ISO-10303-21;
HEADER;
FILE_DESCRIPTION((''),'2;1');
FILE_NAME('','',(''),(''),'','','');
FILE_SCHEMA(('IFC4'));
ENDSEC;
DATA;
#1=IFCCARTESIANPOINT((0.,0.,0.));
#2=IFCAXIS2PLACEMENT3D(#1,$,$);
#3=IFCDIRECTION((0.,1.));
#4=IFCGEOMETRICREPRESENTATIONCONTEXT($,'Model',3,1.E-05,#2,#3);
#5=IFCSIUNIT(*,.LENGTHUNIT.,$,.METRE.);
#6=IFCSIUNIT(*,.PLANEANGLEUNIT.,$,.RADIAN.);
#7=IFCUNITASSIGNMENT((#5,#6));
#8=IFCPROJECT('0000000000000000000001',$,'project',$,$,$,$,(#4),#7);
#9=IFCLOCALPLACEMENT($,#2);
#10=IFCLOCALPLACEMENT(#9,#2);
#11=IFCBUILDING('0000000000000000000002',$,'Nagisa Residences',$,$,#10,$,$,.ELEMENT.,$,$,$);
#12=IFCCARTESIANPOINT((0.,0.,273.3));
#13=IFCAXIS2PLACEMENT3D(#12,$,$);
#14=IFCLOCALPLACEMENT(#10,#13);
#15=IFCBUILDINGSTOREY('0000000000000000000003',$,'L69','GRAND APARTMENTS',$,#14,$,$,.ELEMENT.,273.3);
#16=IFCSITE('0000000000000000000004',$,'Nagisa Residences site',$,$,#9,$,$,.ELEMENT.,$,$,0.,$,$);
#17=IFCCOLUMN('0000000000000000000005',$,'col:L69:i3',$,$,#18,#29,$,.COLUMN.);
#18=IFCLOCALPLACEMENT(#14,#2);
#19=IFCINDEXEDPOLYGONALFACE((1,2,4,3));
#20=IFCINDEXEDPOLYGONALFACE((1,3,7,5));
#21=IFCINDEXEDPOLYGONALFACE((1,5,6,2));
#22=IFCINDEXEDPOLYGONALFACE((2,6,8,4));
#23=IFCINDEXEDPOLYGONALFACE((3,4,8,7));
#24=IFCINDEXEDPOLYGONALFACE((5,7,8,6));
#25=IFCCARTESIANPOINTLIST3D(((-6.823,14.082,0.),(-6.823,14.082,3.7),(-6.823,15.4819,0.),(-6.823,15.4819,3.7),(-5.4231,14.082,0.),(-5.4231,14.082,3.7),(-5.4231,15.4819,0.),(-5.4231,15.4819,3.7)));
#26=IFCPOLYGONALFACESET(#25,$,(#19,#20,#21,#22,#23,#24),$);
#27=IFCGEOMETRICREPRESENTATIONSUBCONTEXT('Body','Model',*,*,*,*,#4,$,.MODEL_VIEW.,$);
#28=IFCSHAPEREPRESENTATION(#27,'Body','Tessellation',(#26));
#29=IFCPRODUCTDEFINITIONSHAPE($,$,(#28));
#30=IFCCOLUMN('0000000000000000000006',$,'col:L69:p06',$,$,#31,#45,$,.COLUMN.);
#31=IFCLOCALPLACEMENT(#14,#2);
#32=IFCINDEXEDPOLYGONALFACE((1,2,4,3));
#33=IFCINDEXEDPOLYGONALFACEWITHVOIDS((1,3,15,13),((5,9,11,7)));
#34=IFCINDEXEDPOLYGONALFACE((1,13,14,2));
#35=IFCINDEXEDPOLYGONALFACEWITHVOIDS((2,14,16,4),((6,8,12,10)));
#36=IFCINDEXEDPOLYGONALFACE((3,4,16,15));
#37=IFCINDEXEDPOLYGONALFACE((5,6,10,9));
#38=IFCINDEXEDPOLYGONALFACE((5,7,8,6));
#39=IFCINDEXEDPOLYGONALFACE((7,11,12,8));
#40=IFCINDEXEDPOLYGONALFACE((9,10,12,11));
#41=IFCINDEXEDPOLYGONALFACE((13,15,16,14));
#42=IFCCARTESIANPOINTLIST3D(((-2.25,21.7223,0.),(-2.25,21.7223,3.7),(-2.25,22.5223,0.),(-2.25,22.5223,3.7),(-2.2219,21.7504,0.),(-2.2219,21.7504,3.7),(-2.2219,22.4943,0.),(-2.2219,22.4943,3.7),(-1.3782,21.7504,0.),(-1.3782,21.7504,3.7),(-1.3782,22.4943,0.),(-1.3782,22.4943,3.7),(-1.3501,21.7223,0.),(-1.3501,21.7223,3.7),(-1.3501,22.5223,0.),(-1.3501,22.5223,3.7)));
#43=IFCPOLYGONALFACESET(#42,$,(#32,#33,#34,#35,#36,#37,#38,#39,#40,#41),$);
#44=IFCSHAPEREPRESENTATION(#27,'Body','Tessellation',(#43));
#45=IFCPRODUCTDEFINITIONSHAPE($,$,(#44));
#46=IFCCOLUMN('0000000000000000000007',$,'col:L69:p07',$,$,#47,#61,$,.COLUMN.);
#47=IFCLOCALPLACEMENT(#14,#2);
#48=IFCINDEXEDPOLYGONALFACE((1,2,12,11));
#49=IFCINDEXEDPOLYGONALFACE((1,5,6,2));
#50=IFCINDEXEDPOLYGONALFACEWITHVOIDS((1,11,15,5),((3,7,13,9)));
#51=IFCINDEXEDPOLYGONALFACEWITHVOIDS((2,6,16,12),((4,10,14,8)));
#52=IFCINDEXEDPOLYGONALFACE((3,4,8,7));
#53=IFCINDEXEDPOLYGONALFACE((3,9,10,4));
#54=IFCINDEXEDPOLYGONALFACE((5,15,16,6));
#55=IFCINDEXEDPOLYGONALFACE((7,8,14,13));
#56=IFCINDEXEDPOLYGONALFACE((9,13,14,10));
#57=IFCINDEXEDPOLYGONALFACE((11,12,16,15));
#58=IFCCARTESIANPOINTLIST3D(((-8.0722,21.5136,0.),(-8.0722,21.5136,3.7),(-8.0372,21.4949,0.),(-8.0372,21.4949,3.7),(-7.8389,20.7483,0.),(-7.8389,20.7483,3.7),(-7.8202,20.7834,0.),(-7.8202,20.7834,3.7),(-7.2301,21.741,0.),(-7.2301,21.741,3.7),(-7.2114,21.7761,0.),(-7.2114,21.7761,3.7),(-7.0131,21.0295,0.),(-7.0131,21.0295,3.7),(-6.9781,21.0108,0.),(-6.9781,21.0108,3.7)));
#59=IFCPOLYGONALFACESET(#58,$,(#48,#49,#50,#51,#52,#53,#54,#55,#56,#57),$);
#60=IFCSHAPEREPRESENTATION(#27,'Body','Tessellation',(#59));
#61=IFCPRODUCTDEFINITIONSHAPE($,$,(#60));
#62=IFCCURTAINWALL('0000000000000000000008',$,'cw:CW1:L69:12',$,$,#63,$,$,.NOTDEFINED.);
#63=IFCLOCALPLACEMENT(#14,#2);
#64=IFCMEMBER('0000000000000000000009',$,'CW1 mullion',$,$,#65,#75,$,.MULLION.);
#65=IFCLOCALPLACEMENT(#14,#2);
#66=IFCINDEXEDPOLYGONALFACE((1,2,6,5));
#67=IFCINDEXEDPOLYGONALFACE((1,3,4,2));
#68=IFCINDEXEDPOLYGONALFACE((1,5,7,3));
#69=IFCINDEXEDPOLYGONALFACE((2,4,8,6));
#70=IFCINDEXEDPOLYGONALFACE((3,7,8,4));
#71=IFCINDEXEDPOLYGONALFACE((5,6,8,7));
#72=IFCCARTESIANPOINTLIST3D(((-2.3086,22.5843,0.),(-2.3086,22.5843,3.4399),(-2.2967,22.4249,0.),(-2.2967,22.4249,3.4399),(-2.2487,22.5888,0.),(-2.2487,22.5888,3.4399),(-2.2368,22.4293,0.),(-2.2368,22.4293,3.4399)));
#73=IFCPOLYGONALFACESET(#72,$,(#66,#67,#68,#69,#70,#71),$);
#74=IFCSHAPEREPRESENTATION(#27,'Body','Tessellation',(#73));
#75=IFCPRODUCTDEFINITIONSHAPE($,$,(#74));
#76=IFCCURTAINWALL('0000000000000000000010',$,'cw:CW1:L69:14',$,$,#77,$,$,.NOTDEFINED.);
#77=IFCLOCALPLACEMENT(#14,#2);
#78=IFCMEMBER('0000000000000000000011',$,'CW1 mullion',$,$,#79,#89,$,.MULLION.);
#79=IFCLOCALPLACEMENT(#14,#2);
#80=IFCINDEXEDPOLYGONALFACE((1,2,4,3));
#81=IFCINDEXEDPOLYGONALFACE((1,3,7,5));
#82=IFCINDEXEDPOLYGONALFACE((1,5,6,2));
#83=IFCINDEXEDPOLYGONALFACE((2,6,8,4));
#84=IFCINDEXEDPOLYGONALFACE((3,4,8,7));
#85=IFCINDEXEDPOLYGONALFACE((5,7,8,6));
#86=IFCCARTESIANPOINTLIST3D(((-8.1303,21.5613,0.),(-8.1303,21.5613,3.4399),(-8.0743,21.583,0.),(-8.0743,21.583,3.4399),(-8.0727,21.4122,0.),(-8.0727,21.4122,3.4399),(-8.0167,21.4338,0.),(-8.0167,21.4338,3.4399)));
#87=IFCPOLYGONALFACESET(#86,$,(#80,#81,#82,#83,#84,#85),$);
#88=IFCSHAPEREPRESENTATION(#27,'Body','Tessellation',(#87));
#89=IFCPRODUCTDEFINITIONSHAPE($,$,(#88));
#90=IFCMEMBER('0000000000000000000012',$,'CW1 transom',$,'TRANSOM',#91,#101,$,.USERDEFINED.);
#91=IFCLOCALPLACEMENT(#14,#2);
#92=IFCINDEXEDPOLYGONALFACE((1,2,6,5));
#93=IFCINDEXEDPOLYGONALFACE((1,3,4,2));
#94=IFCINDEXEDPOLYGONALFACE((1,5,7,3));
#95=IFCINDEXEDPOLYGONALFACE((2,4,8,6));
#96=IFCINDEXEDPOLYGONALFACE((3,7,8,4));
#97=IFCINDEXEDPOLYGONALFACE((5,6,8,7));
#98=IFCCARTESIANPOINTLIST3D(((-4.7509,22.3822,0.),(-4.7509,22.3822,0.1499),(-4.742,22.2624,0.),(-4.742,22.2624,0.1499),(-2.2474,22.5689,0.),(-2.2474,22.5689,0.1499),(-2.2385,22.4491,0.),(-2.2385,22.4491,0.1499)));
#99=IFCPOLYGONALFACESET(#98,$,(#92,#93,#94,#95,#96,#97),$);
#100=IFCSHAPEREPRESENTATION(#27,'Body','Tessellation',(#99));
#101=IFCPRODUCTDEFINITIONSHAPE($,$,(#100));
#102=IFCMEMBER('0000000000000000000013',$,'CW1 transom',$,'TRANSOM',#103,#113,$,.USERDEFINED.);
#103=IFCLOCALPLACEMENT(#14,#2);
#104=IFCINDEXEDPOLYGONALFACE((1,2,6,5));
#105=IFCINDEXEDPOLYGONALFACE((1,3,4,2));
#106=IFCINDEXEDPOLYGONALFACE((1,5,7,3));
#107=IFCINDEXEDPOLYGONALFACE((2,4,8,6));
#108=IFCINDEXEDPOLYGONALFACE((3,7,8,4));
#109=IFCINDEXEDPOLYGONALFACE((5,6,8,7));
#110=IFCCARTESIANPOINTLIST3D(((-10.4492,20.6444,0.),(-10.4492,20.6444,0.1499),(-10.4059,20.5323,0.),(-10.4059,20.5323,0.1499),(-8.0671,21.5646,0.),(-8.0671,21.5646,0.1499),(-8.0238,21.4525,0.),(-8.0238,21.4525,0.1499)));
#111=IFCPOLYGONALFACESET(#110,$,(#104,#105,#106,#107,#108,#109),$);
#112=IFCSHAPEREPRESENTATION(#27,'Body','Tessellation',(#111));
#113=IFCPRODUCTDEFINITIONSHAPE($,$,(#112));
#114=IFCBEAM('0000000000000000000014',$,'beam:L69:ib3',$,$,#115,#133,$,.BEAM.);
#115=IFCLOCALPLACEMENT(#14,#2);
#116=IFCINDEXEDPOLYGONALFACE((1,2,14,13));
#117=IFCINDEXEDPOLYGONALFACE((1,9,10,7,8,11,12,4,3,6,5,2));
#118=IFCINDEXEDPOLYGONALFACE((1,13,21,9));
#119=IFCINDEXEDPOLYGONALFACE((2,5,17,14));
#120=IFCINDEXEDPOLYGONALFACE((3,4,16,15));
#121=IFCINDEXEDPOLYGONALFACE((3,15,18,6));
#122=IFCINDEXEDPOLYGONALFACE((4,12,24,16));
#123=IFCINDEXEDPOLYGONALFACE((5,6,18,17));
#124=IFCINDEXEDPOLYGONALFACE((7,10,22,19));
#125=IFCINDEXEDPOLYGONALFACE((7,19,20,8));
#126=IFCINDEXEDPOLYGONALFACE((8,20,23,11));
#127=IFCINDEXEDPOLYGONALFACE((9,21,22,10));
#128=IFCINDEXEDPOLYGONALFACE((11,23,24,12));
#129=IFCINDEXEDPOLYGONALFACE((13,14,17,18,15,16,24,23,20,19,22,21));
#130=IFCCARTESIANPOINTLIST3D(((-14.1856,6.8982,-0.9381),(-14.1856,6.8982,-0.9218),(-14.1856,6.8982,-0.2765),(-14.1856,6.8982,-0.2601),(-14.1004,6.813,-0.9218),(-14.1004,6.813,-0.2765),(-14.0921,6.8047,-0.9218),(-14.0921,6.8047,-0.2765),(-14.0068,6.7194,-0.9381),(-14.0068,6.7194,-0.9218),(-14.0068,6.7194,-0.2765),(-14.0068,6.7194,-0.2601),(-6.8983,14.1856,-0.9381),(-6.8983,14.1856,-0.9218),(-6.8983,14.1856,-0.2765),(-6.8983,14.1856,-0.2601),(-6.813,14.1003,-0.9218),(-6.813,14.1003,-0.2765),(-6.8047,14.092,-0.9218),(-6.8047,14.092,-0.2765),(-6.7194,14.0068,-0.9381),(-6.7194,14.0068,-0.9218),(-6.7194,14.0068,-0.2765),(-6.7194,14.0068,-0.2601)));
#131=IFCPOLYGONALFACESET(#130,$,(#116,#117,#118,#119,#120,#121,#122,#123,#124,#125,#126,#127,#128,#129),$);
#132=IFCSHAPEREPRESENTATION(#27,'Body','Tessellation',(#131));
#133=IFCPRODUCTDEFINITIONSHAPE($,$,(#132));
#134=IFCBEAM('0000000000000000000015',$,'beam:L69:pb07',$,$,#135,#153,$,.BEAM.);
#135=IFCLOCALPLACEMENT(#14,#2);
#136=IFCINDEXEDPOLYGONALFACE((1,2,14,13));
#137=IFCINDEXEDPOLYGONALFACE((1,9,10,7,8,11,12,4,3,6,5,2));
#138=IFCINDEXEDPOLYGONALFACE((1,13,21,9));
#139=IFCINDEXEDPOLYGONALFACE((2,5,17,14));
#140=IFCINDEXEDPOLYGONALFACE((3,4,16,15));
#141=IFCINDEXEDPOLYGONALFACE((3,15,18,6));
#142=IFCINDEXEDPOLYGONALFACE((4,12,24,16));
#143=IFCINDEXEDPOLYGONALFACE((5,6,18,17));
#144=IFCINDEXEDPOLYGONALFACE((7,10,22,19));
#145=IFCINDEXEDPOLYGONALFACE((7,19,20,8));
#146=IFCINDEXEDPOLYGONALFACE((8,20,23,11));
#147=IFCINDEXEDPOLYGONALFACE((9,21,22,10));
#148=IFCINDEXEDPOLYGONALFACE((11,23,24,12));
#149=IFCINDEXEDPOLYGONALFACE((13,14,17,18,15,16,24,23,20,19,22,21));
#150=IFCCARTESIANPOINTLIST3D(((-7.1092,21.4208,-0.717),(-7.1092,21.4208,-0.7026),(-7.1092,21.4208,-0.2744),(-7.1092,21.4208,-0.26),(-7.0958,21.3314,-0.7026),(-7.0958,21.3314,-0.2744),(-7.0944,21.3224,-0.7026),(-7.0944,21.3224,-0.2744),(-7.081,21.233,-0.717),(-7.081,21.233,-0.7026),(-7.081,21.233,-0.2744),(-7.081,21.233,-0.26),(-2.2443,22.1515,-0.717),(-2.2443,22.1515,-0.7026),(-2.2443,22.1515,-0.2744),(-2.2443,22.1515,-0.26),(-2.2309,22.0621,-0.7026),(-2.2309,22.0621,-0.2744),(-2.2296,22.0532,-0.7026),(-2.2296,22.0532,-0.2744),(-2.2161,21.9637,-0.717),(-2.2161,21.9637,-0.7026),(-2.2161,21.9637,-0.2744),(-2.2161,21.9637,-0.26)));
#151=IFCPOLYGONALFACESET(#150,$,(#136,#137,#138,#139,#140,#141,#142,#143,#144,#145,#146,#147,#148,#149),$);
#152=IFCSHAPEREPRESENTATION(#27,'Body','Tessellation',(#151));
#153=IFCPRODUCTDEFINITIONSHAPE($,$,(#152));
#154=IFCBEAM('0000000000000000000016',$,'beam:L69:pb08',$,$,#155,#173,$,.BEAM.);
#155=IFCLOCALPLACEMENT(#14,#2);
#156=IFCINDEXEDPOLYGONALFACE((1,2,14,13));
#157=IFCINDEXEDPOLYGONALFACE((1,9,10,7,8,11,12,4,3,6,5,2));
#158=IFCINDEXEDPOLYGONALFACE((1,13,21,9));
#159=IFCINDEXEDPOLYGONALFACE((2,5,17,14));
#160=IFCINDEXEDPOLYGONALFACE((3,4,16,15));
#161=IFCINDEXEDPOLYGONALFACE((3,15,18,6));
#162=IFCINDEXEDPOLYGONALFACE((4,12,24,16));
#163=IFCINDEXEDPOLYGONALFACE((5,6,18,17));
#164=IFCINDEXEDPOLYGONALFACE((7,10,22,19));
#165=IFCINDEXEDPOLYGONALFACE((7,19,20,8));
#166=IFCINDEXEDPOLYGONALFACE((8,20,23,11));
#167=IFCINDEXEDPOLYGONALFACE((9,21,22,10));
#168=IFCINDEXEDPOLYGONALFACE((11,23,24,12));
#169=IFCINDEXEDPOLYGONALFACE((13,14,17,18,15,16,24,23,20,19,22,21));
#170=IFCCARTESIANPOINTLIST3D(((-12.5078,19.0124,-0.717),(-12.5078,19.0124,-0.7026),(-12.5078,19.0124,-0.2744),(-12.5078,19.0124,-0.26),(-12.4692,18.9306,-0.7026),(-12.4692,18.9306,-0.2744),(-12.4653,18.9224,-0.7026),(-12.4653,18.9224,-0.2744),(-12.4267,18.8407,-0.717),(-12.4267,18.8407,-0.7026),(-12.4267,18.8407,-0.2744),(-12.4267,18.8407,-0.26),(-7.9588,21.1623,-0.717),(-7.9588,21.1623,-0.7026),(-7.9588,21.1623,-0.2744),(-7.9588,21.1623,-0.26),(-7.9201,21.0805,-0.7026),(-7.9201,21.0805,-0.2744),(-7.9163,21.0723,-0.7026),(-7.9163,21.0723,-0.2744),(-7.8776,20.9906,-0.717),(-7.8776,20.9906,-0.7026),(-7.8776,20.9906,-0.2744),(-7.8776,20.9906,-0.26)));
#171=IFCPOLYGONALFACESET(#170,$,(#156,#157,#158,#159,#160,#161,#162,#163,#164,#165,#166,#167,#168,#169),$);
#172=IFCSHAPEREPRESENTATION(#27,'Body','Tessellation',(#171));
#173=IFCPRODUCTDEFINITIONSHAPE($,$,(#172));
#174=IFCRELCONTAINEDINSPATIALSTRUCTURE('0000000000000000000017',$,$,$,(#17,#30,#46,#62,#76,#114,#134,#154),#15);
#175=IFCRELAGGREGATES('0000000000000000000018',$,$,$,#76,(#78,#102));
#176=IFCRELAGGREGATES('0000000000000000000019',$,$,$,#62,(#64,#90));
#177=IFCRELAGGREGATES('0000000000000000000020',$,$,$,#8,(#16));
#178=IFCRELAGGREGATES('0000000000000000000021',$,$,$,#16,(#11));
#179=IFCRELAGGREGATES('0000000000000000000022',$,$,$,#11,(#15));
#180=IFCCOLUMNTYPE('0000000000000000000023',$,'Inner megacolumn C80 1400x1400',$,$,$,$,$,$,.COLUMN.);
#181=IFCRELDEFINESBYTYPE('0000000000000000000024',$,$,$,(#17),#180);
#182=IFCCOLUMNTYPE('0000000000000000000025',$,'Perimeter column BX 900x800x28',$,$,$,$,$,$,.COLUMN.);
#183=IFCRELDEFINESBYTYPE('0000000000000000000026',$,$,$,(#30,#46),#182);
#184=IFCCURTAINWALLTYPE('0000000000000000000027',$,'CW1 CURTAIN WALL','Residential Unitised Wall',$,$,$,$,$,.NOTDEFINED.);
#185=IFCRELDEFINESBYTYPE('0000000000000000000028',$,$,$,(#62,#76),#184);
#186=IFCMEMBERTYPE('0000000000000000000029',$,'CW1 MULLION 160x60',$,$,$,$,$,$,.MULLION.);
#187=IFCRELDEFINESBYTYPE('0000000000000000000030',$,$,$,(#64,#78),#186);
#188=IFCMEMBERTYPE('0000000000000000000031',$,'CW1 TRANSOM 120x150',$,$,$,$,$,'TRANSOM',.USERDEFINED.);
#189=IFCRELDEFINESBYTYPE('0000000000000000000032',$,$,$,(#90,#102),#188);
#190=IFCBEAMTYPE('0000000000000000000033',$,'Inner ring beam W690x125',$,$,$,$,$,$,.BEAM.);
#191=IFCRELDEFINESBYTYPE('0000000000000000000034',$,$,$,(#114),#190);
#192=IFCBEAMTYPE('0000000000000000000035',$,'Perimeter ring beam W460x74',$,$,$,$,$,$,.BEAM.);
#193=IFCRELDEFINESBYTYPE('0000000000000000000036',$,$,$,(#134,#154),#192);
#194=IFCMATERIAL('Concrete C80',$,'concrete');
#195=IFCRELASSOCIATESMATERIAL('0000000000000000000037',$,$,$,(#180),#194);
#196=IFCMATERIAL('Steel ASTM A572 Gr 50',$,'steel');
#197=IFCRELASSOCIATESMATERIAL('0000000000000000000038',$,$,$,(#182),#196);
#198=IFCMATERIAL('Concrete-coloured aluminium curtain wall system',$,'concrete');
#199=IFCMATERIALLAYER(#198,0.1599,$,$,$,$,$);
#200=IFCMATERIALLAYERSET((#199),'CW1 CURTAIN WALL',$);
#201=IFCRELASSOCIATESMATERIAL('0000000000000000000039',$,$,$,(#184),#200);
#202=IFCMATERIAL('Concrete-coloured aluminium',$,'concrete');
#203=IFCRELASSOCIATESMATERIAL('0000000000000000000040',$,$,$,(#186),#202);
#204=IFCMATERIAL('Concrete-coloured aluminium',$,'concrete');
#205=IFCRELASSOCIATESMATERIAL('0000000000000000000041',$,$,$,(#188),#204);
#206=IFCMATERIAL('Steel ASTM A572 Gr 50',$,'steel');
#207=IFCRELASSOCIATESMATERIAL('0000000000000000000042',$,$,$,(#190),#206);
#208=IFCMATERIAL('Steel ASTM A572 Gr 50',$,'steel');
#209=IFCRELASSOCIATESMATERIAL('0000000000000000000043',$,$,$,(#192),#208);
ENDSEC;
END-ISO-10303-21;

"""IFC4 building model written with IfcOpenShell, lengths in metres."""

from ifc_helpers import new_model, si_unit, direction, frame, origin, origin_2d, place, context, subcontext, project, spatial, rectangle, hollow_rectangle, i_section, extrude, material, layer, layer_set, material_profile, profile_set, type_object, element, aggregate, save


model = new_model("IFC4")

# Units and contexts
model_context = context("Model", 3, precision=1e-05, world=origin(), true_north=direction((0.0, 1.0)))
body_context = subcontext(model_context, "Body", "Model", "MODEL_VIEW")
ifc_project = project(units=[si_unit("LENGTHUNIT", "METRE"), si_unit("PLANEANGLEUNIT", "RADIAN")], contexts=[model_context])

# Site, building, storey
site_placement = place(None, origin())
site = spatial("IfcSite", under=ifc_project, at=site_placement, Name="Nagisa Residences site", CompositionType="ELEMENT", RefElevation=0.0)
building_placement = place(site_placement, origin())
building = spatial("IfcBuilding", under=site, at=building_placement, Name="Nagisa Residences", CompositionType="ELEMENT")
storey_placement = place(building_placement, frame((0.0, 0.0, 273.3)))
storey = spatial("IfcBuildingStorey", under=building, at=storey_placement, Name="L69", Description="GRAND APARTMENTS", CompositionType="ELEMENT", Elevation=273.3)

# Columns
ifc_material_1 = material(Name="Concrete C80", Category="concrete")
ifc_material_profile_1 = material_profile(ifc_material_1, rectangle(XDim=1.3999, YDim=1.3999, at=origin_2d()), Name="C80 1400x1400")
ifc_profile_set_1 = profile_set([ifc_material_profile_1], Name="Concrete C80")
column_type_1 = type_object("IfcColumnType", Name="Inner megacolumn C80 1400x1400", PredefinedType="COLUMN", material=ifc_profile_set_1)
column_placement = place(storey_placement, frame((-6.123, 14.782, 0.0), z_axis=(0.0, 0.0, 1.0), x_axis=(1.0, 0.0, 0.0)))
element("IfcColumn", 1, at=column_placement, inside=storey, type_object=column_type_1, Name="col:L69:i3", PredefinedType="COLUMN", context=body_context, shape_type="SweptSolid", body=[
    extrude(rectangle(XDim=1.3999, YDim=1.3999, at=origin_2d()), origin(), (0.0, 0.0, 1.0), 3.7),
])
ifc_material_2 = material(Name="Steel ASTM A572 Gr 50", Category="steel")
ifc_material_profile_2 = material_profile(ifc_material_2, hollow_rectangle(XDim=0.8999, YDim=0.8, WallThickness=0.0281, at=origin_2d()), Name="BX 900x800x28")
ifc_profile_set_2 = profile_set([ifc_material_profile_2], Name="Steel ASTM A572 Gr 50")
column_type_2 = type_object("IfcColumnType", Name="Perimeter column BX 900x800x28", PredefinedType="COLUMN", material=ifc_profile_set_2)
for number, where, z_axis, x_axis, name in (
    (2, (-1.8, 22.1223, 0.0), (0.0, 0.0, 1.0), (-1.0, 0.0, 0.0), "col:L69:p06"),
    (3, (-7.5251, 21.2622, 0.0), (0.0, 0.0, 1.0), (-0.956525, -0.291652, 0.0), "col:L69:p07"),
):
    element("IfcColumn", number, at=place(storey_placement, frame(where, z_axis=z_axis, x_axis=x_axis)), inside=storey, type_object=column_type_2, Name=name, PredefinedType="COLUMN", context=body_context, shape_type="SweptSolid", body=[
        extrude(hollow_rectangle(XDim=0.8999, YDim=0.8, WallThickness=0.0281, at=origin_2d()), origin(), (0.0, 0.0, 1.0), 3.7),
    ])

# Curtain walls, members
ifc_material_3 = material(Name="Concrete-coloured aluminium curtain wall system", Category="concrete")
ifc_layer_1 = layer(ifc_material_3, 0.1599)
ifc_layer_set_1 = layer_set([ifc_layer_1], Name="CW1 CURTAIN WALL")
curtain_wall_type = type_object("IfcCurtainWallType", Name="CW1 CURTAIN WALL", Description="Residential Unitised Wall", PredefinedType="NOTDEFINED", material=ifc_layer_set_1)
curtain_wall_1_placement = place(storey_placement, origin())
curtain_wall_1 = element("IfcCurtainWall", 4, at=curtain_wall_1_placement, inside=storey, type_object=curtain_wall_type, Name="cw:CW1:L69:12", PredefinedType="NOTDEFINED")
ifc_material_4 = material(Name="Concrete-coloured aluminium", Category="concrete")
ifc_material_profile_3 = material_profile(ifc_material_4, rectangle(XDim=0.1599, YDim=0.0601, at=origin_2d()), Name="CW1 MULLION 160x60")
ifc_profile_set_3 = profile_set([ifc_material_profile_3], Name="Concrete-coloured aluminium")
member_type_1 = type_object("IfcMemberType", Name="CW1 MULLION 160x60", PredefinedType="MULLION", material=ifc_profile_set_3)
member_1_placement = place(storey_placement, frame((-2.2727, 22.5068, 0.0), z_axis=(0.0, 0.0, 1.0), x_axis=(0.074377, -0.99723, 0.0)))
member_1 = element("IfcMember", 5, at=member_1_placement, type_object=member_type_1, Name="CW1 mullion", PredefinedType="MULLION", context=body_context, shape_type="SweptSolid", body=[
    extrude(rectangle(XDim=0.1599, YDim=0.0601, at=origin_2d()), origin(), (0.0, 0.0, 1.0), 3.4399),
])
curtain_wall_2_placement = place(storey_placement, origin())
curtain_wall_2 = element("IfcCurtainWall", 6, at=curtain_wall_2_placement, inside=storey, type_object=curtain_wall_type, Name="cw:CW1:L69:14", PredefinedType="NOTDEFINED")
member_2_placement = place(storey_placement, frame((-8.0735, 21.4976, 0.0), z_axis=(0.0, 0.0, 1.0), x_axis=(0.360328, -0.932826, 0.0)))
member_2 = element("IfcMember", 7, at=member_2_placement, type_object=member_type_1, Name="CW1 mullion", PredefinedType="MULLION", context=body_context, shape_type="SweptSolid", body=[
    extrude(rectangle(XDim=0.1599, YDim=0.0601, at=origin_2d()), origin(), (0.0, 0.0, 1.0), 3.4399),
])

# Members
ifc_material_5 = material(Name="Concrete-coloured aluminium", Category="concrete")
ifc_material_profile_4 = material_profile(ifc_material_5, rectangle(XDim=0.1201, YDim=0.1499, at=origin_2d()), Name="CW1 TRANSOM 120x150")
ifc_profile_set_4 = profile_set([ifc_material_profile_4], Name="Concrete-coloured aluminium")
member_type_2 = type_object("IfcMemberType", Name="CW1 TRANSOM 120x150", ElementType="TRANSOM", PredefinedType="USERDEFINED", material=ifc_profile_set_4)
member_3_placement = place(storey_placement, frame((-2.2429, 22.509, 0.075), z_axis=(-0.997229, -0.074391, 0.0), x_axis=(0.074391, -0.997229, 0.0)))
member_3 = element("IfcMember", 8, at=member_3_placement, type_object=member_type_2, Name="CW1 transom", ObjectType="TRANSOM", PredefinedType="USERDEFINED", context=body_context, shape_type="SweptSolid", body=[
    extrude(rectangle(XDim=0.1201, YDim=0.1499, at=origin_2d()), origin(), (0.0, 0.0, 1.0), 2.5105),
])
member_4_placement = place(storey_placement, frame((-8.0454, 21.5085, 0.075), z_axis=(-0.932822, -0.360337, 0.0), x_axis=(0.360337, -0.932822, 0.0)))
member_4 = element("IfcMember", 9, at=member_4_placement, type_object=member_type_2, Name="CW1 transom", ObjectType="TRANSOM", PredefinedType="USERDEFINED", context=body_context, shape_type="SweptSolid", body=[
    extrude(rectangle(XDim=0.1201, YDim=0.1499, at=origin_2d()), origin(), (0.0, 0.0, 1.0), 2.5537),
])
aggregate(curtain_wall_2, [member_2, member_4])

# Beams
ifc_material_6 = material(Name="Steel ASTM A572 Gr 50", Category="steel")
ifc_material_profile_5 = material_profile(ifc_material_6, i_section(OverallWidth=0.2529, OverallDepth=0.678, WebThickness=0.0117, FlangeThickness=0.0164, at=origin_2d()), Name="W690x125")
ifc_profile_set_5 = profile_set([ifc_material_profile_5], Name="Steel ASTM A572 Gr 50")
beam_type_1 = type_object("IfcBeamType", Name="Inner ring beam W690x125", PredefinedType="BEAM", material=ifc_profile_set_5)
beam_1_placement = place(storey_placement, frame((-6.8088, 14.0962, -0.5991), z_axis=(-0.707107, -0.707107, 0.0), x_axis=(0.707107, -0.707107, 0.0)))
element("IfcBeam", 10, at=beam_1_placement, inside=storey, type_object=beam_type_1, Name="beam:L69:ib3", PredefinedType="BEAM", context=body_context, shape_type="SweptSolid", body=[
    extrude(i_section(OverallWidth=0.2529, OverallDepth=0.678, WebThickness=0.0117, FlangeThickness=0.0164, at=origin_2d()), origin(), (0.0, 0.0, 1.0), 10.3059),
])
ifc_material_7 = material(Name="Steel ASTM A572 Gr 50", Category="steel")
ifc_material_profile_6 = material_profile(ifc_material_7, i_section(OverallWidth=0.1899, OverallDepth=0.457, WebThickness=0.009, FlangeThickness=0.0144, at=origin_2d()), Name="W460x74")
ifc_profile_set_6 = profile_set([ifc_material_profile_6], Name="Steel ASTM A572 Gr 50")
beam_type_2 = type_object("IfcBeamType", Name="Perimeter ring beam W460x74", PredefinedType="BEAM", material=ifc_profile_set_6)
beam_2_placement = place(storey_placement, frame((-2.2302, 22.0576, -0.4885), z_axis=(-0.988906, -0.148539, 0.0), x_axis=(0.148539, -0.988906, 0.0)))
element("IfcBeam", 11, at=beam_2_placement, inside=storey, type_object=beam_type_2, Name="beam:L69:pb07", PredefinedType="BEAM", context=body_context, shape_type="SweptSolid", body=[
    extrude(i_section(OverallWidth=0.1899, OverallDepth=0.457, WebThickness=0.009, FlangeThickness=0.0144, at=origin_2d()), origin(), (0.0, 0.0, 1.0), 4.9194),
])
beam_3_placement = place(storey_placement, frame((-7.9182, 21.0764, -0.4885), z_axis=(-0.904116, -0.427287, 0.0), x_axis=(0.427287, -0.904116, 0.0)))
element("IfcBeam", 12, at=beam_3_placement, inside=storey, type_object=beam_type_2, Name="beam:L69:pb08", PredefinedType="BEAM", context=body_context, shape_type="SweptSolid", body=[
    extrude(i_section(OverallWidth=0.1899, OverallDepth=0.457, WebThickness=0.009, FlangeThickness=0.0144, at=origin_2d()), origin(), (0.0, 0.0, 1.0), 5.0315),
])

aggregate(curtain_wall_1, [member_1, member_3])

save(model, "model.ifc")
